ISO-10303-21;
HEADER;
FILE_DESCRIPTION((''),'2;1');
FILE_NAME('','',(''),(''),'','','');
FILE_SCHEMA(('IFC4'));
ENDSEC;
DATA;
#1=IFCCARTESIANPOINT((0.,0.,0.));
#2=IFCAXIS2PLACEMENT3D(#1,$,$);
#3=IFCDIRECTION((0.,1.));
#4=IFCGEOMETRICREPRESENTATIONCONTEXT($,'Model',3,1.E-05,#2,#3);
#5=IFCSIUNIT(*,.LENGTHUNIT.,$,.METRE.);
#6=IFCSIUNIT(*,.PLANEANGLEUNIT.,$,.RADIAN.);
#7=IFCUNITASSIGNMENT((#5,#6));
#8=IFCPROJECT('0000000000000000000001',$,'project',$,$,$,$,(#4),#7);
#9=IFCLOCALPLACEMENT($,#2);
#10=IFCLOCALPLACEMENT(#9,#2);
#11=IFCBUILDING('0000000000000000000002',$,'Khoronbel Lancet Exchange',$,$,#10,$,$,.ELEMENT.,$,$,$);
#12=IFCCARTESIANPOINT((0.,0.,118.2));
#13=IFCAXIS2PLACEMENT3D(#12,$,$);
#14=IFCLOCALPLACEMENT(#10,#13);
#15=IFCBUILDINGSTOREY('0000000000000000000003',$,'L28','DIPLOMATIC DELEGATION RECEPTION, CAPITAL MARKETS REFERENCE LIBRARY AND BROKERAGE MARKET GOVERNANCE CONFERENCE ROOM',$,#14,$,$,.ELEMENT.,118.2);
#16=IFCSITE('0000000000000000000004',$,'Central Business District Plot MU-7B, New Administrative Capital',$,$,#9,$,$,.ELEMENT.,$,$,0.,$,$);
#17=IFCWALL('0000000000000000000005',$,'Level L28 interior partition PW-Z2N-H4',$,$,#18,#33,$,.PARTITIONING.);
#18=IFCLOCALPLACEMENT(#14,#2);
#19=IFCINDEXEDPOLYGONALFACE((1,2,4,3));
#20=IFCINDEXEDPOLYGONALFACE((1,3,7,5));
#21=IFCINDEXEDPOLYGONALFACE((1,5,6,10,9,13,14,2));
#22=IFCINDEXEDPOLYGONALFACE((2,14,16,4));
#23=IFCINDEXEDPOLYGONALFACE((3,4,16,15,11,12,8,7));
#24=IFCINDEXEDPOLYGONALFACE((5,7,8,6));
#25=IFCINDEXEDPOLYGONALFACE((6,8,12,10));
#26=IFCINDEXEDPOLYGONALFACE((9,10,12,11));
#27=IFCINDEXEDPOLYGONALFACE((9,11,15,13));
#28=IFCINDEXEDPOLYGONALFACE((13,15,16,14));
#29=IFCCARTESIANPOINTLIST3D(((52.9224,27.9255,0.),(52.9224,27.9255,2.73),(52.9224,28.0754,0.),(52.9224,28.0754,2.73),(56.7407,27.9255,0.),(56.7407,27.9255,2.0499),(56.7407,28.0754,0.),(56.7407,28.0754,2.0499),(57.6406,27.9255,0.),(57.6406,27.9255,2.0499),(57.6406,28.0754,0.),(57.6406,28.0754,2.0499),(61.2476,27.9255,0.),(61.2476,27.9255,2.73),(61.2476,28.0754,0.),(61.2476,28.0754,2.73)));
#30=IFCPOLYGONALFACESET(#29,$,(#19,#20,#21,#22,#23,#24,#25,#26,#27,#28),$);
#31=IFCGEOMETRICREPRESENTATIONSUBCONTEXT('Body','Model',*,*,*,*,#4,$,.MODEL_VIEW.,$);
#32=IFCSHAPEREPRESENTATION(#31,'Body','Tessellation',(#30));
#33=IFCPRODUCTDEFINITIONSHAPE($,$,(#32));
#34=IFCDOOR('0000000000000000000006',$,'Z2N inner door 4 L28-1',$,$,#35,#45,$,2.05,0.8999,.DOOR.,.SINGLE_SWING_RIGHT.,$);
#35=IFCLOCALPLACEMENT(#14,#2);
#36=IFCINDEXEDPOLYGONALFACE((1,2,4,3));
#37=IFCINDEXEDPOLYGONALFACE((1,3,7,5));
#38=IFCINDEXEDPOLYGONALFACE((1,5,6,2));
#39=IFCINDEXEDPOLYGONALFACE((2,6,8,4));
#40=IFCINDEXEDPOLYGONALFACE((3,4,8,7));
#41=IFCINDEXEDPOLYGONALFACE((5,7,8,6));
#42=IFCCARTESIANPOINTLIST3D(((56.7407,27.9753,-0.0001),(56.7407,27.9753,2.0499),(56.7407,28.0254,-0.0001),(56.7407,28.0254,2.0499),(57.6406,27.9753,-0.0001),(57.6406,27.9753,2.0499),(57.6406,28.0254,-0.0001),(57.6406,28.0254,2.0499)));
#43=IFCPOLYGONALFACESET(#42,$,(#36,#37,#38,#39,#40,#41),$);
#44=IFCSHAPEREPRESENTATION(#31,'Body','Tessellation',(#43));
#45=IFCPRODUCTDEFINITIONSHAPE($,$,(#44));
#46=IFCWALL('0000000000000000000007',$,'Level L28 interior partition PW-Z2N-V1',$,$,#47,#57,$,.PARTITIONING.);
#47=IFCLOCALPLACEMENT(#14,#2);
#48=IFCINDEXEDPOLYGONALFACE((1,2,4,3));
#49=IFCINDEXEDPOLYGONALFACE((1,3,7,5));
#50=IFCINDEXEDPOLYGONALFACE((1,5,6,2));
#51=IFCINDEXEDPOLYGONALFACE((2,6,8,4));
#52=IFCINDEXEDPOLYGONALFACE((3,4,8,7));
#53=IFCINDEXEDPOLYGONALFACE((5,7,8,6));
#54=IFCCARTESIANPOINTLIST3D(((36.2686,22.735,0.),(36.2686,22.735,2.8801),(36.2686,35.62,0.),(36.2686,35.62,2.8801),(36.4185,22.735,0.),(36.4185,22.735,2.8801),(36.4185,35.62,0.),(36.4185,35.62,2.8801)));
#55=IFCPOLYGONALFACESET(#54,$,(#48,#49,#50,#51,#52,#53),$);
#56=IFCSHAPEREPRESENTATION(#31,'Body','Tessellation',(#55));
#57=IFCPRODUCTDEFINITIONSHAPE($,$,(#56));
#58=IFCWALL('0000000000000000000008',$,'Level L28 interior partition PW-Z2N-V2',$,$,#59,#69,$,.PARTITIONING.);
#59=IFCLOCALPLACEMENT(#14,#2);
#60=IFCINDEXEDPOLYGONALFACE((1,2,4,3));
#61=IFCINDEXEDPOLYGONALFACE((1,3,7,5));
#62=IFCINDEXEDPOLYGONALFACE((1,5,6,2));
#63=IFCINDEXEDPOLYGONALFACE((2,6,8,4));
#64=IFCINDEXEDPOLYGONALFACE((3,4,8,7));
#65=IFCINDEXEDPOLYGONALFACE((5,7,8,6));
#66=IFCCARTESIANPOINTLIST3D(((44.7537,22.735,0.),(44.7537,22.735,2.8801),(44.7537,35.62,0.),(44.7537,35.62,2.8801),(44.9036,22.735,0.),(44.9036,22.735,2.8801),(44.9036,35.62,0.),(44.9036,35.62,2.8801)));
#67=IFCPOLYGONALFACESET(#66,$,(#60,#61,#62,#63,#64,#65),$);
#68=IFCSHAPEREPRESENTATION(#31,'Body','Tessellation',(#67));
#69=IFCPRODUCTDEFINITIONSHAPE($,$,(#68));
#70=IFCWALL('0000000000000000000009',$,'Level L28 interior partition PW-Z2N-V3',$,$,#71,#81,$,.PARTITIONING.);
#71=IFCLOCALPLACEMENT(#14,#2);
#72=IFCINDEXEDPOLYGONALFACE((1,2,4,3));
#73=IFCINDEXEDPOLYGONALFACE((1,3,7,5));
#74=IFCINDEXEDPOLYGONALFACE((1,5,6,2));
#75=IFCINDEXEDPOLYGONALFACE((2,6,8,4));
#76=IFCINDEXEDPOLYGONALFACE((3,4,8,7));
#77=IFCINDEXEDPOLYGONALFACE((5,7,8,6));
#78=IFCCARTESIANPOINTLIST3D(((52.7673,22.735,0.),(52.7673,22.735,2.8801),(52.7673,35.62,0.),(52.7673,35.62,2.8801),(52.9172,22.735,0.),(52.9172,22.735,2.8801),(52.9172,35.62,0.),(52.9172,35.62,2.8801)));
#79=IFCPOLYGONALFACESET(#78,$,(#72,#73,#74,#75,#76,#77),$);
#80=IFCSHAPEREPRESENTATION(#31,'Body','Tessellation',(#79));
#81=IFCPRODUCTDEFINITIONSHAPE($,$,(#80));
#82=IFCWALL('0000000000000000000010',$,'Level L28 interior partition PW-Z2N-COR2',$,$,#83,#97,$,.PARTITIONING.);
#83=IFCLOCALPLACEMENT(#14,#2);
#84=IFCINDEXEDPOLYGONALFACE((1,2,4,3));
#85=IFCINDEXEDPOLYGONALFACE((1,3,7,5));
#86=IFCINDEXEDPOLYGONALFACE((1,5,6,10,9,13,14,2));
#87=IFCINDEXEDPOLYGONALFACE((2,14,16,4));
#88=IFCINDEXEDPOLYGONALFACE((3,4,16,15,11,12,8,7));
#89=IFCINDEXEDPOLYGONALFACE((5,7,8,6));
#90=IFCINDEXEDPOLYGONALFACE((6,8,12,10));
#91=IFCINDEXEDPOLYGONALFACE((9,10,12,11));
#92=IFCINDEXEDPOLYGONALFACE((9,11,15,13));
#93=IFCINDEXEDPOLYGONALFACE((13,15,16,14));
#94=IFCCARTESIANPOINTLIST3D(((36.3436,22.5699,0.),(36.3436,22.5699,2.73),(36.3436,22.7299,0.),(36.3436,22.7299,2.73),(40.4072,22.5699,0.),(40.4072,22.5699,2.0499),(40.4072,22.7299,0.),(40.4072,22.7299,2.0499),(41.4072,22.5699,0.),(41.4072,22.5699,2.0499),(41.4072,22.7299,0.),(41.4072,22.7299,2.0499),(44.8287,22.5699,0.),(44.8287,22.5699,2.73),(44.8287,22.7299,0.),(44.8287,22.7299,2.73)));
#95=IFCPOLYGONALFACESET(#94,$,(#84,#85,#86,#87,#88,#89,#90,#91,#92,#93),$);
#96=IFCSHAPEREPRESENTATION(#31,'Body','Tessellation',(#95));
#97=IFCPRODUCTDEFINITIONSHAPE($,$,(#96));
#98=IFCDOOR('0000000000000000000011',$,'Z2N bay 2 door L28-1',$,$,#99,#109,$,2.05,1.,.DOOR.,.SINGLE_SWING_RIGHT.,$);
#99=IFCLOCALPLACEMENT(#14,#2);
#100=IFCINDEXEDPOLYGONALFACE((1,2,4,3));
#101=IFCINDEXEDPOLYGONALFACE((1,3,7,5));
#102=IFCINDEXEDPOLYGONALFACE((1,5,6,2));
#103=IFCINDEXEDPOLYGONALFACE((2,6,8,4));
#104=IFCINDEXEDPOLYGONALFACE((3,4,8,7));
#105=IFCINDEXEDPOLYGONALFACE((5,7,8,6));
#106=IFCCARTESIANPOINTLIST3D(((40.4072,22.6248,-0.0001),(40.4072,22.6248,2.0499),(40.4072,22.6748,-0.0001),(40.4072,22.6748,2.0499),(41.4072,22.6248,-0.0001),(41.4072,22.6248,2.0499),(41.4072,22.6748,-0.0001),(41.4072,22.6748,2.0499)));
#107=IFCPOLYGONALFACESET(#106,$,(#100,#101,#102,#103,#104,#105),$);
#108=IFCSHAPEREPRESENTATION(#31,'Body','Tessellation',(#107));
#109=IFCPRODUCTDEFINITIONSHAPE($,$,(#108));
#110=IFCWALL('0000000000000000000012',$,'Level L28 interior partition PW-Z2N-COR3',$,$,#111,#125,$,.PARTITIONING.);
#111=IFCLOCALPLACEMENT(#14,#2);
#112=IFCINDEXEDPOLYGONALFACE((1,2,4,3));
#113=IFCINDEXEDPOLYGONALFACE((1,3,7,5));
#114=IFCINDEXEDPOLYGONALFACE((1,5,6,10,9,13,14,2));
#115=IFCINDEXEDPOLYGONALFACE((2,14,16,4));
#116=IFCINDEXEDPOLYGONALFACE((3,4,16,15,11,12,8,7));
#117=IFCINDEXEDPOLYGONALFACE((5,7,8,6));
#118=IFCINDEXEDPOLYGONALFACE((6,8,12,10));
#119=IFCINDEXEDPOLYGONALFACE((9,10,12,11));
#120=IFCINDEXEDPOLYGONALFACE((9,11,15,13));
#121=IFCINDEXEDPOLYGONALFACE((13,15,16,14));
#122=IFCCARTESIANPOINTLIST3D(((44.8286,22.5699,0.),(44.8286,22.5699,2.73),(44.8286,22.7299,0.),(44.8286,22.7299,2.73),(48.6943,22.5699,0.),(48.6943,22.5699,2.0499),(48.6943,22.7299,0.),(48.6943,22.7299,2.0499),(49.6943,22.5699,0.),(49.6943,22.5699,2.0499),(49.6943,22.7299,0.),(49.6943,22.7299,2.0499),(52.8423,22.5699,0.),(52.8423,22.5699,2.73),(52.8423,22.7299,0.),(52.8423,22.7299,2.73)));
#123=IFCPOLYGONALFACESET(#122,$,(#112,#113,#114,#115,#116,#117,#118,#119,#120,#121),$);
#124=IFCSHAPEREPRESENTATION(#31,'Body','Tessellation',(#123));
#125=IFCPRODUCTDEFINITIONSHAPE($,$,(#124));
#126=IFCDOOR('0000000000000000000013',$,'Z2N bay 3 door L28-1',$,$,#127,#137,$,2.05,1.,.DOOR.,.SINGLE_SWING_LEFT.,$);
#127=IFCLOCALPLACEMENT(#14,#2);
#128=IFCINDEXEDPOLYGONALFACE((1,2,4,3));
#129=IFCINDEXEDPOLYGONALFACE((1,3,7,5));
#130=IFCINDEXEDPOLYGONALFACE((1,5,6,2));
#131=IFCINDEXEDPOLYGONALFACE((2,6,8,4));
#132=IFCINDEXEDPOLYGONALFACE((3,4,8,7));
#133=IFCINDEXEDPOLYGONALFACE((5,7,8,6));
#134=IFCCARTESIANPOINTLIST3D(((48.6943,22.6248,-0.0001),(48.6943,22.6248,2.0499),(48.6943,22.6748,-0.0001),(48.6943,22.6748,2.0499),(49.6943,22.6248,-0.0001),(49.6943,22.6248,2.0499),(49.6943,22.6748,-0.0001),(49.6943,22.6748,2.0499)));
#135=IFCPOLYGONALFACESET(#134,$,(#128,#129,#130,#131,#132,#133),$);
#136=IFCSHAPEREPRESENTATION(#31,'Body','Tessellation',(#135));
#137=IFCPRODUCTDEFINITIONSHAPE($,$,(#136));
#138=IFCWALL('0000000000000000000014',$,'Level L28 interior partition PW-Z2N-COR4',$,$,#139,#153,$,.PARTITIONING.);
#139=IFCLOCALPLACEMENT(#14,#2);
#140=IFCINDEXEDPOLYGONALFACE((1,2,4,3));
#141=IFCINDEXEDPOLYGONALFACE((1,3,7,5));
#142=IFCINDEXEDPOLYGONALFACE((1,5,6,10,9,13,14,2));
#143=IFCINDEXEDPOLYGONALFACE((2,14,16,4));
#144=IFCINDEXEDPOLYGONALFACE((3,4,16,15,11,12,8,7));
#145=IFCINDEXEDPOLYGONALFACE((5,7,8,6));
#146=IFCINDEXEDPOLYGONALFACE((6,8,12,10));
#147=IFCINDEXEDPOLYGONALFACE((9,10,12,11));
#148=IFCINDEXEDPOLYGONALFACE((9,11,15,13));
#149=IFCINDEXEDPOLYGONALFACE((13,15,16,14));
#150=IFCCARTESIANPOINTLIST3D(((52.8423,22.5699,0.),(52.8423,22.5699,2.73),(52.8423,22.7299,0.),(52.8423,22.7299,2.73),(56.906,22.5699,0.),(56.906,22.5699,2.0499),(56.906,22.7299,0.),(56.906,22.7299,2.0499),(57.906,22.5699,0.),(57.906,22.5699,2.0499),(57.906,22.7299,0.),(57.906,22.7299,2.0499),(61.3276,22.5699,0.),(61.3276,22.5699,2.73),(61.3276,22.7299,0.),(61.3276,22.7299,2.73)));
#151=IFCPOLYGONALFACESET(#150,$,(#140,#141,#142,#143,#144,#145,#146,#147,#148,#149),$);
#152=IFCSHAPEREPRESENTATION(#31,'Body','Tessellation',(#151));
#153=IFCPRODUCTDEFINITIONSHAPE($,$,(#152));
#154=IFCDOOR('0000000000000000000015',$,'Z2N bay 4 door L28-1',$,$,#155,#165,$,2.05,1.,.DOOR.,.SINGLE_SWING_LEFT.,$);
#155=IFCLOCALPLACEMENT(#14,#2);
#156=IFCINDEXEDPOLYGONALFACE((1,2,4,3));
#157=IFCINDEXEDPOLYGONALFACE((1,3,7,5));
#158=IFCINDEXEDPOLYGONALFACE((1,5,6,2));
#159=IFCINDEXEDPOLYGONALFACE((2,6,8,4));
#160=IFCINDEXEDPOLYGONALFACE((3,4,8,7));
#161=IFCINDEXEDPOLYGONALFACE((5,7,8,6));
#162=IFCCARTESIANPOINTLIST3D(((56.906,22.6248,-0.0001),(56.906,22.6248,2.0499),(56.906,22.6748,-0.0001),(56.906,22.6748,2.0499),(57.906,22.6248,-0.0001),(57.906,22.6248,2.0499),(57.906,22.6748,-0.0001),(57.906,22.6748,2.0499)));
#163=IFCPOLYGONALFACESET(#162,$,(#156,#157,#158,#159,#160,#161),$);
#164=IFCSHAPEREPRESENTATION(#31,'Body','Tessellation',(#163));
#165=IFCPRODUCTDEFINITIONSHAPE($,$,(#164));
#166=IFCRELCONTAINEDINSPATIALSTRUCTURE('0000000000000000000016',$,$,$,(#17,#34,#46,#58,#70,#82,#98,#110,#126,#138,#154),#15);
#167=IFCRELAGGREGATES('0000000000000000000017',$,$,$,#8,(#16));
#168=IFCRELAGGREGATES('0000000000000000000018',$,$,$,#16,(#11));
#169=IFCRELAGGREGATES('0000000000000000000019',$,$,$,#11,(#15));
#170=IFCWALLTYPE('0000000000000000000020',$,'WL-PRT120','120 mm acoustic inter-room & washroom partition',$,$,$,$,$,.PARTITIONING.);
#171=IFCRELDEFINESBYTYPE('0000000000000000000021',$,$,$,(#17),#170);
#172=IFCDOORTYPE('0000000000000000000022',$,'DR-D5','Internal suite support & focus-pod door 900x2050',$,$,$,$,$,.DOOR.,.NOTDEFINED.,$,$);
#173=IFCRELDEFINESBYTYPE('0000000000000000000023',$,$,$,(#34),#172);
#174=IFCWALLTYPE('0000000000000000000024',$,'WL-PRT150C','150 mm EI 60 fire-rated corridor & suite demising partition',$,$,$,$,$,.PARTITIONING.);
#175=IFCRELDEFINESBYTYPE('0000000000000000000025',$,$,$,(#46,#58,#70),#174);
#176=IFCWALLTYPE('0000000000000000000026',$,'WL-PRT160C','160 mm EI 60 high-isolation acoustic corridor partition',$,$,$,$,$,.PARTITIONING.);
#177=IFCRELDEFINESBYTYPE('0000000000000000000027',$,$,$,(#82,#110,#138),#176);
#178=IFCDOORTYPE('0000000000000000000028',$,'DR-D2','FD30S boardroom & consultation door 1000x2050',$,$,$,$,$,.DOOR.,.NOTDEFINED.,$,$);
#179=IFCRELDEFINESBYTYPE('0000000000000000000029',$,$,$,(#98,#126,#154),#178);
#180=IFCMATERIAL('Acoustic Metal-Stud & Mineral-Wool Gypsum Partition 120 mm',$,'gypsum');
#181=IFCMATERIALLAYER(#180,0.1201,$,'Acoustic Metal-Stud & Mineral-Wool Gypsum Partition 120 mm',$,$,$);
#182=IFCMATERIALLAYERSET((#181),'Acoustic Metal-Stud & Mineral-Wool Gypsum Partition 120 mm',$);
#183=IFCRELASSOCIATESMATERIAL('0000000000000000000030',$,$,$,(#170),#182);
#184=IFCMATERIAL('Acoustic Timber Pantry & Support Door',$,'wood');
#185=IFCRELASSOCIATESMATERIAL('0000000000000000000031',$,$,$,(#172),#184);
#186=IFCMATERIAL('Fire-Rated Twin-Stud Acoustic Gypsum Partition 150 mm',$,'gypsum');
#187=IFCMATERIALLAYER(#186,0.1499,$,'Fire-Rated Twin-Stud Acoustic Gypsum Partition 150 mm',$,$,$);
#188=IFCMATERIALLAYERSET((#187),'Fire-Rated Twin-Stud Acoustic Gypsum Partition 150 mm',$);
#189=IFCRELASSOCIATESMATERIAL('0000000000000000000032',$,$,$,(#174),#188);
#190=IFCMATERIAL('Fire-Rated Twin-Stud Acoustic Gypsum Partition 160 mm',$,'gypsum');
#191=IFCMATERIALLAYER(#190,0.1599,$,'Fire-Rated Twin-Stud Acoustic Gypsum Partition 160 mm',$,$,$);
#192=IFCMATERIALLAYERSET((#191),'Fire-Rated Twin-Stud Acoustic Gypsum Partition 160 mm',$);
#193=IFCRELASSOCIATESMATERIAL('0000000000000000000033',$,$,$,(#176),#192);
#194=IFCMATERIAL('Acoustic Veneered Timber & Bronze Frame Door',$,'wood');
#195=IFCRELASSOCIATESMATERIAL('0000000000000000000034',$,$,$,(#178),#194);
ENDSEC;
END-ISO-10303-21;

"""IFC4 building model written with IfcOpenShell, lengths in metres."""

from ifc_helpers import new_model, si_unit, direction, frame, frame_2d, origin, place, context, subcontext, project, spatial, rectangle, extrude, material, layer, layer_set, type_object, element, fill, save


model = new_model("IFC4")

# Units and contexts
model_context = context("Model", 3, precision=1e-05, world=origin(), true_north=direction((0.0, 1.0)))
body_context = subcontext(model_context, "Body", "Model", "MODEL_VIEW")
ifc_project = project(units=[si_unit("LENGTHUNIT", "METRE"), si_unit("PLANEANGLEUNIT", "RADIAN")], contexts=[model_context])

# Site, building, storey
site_placement = place(None, origin())
site = spatial("IfcSite", under=ifc_project, at=site_placement, Name="Central Business District Plot MU-7B, New Administrative Capital", CompositionType="ELEMENT", RefElevation=0.0)
building_placement = place(site_placement, origin())
building = spatial("IfcBuilding", under=site, at=building_placement, Name="Khoronbel Lancet Exchange", CompositionType="ELEMENT")
storey_placement = place(building_placement, frame((0.0, 0.0, 118.2)))
storey = spatial("IfcBuildingStorey", under=building, at=storey_placement, Name="L28", Description="DIPLOMATIC DELEGATION RECEPTION, CAPITAL MARKETS REFERENCE LIBRARY AND BROKERAGE MARKET GOVERNANCE CONFERENCE ROOM", CompositionType="ELEMENT", Elevation=118.2)

# Wall, opening, door
ifc_material_1 = material(Name="Acoustic Metal-Stud & Mineral-Wool Gypsum Partition 120 mm", Category="gypsum")
ifc_layer_1 = layer(ifc_material_1, 0.1201, Name="Acoustic Metal-Stud & Mineral-Wool Gypsum Partition 120 mm")
ifc_layer_set_1 = layer_set([ifc_layer_1], Name="Acoustic Metal-Stud & Mineral-Wool Gypsum Partition 120 mm")
wall_type_1 = type_object("IfcWallType", Name="WL-PRT120", Description="120 mm acoustic inter-room & washroom partition", PredefinedType="PARTITIONING", material=ifc_layer_set_1)
ifc_material_2 = material(Name="Acoustic Timber Pantry & Support Door", Category="wood")
door_type_1 = type_object("IfcDoorType", Name="DR-D5", Description="Internal suite support & focus-pod door 900x2050", OperationType="NOTDEFINED", PredefinedType="DOOR", material=ifc_material_2)
wall_1_placement = place(storey_placement, frame((52.9224, 28.0005, 0.0), z_axis=(0.0, 0.0, 1.0), x_axis=(1.0, 0.0, 0.0)))
wall_1 = element("IfcWall", 1, at=wall_1_placement, inside=storey, type_object=wall_type_1, Name="Level L28 interior partition PW-Z2N-H4", PredefinedType="PARTITIONING", context=body_context, shape_type="SweptSolid", body=[
    extrude(rectangle(XDim=8.3252, YDim=0.1499, at=frame_2d((4.1626, 0.0))), origin(), (0.0, 0.0, 1.0), 2.73),
])
opening_1_placement = place(wall_1_placement, frame((3.8184, 0.0, 0.0)))
opening_1 = element("IfcOpeningElement", 2, at=opening_1_placement, cuts=wall_1, PredefinedType="OPENING", context=body_context, shape_type="SweptSolid", body=[
    extrude(rectangle(XDim=0.8999, YDim=2.05, at=frame_2d((0.45, 1.0249))), frame((0.0, 0.085, 0.0), z_axis=(0.0, -1.0, 0.0), x_axis=(1.0, 0.0, 0.0)), (0.0, 0.0, 1.0), 0.1699),
])
door_1_placement = place(opening_1_placement, origin())
door_1 = element("IfcDoor", 3, at=door_1_placement, inside=storey, type_object=door_type_1, Name="Z2N inner door 4 L28-1", OperationType="SINGLE_SWING_RIGHT", OverallHeight=2.05, OverallWidth=0.8999, PredefinedType="DOOR", context=body_context, shape_type="SweptSolid", body=[
    extrude(rectangle(XDim=0.8999, YDim=2.05, at=frame_2d((0.45, 1.0249))), frame((0.0, 0.0249, 0.0), z_axis=(0.0, -1.0, 0.0), x_axis=(1.0, 0.0, 0.0)), (0.0, 0.0, 1.0), 0.05),
])
fill(opening_1, door_1)

# Walls
ifc_material_3 = material(Name="Fire-Rated Twin-Stud Acoustic Gypsum Partition 150 mm", Category="gypsum")
ifc_layer_2 = layer(ifc_material_3, 0.1499, Name="Fire-Rated Twin-Stud Acoustic Gypsum Partition 150 mm")
ifc_layer_set_2 = layer_set([ifc_layer_2], Name="Fire-Rated Twin-Stud Acoustic Gypsum Partition 150 mm")
wall_type_2 = type_object("IfcWallType", Name="WL-PRT150C", Description="150 mm EI 60 fire-rated corridor & suite demising partition", PredefinedType="PARTITIONING", material=ifc_layer_set_2)
for number, where, z_axis, x_axis, name in (
    (4, (36.3435, 22.7351, 0.0), (0.0, 0.0, 1.0), (0.0, 1.0, 0.0), "Level L28 interior partition PW-Z2N-V1"),
    (5, (44.8286, 22.7351, 0.0), (0.0, 0.0, 1.0), (0.0, 1.0, 0.0), "Level L28 interior partition PW-Z2N-V2"),
    (6, (52.8423, 22.7351, 0.0), (0.0, 0.0, 1.0), (0.0, 1.0, 0.0), "Level L28 interior partition PW-Z2N-V3"),
):
    element("IfcWall", number, at=place(storey_placement, frame(where, z_axis=z_axis, x_axis=x_axis)), inside=storey, type_object=wall_type_2, Name=name, PredefinedType="PARTITIONING", context=body_context, shape_type="SweptSolid", body=[
        extrude(rectangle(XDim=12.885, YDim=0.1499, at=frame_2d((6.4424, 0.0))), origin(), (0.0, 0.0, 1.0), 2.8801),
    ])

# Walls, openings, doors
ifc_material_4 = material(Name="Fire-Rated Twin-Stud Acoustic Gypsum Partition 160 mm", Category="gypsum")
ifc_layer_3 = layer(ifc_material_4, 0.1599, Name="Fire-Rated Twin-Stud Acoustic Gypsum Partition 160 mm")
ifc_layer_set_3 = layer_set([ifc_layer_3], Name="Fire-Rated Twin-Stud Acoustic Gypsum Partition 160 mm")
wall_type_3 = type_object("IfcWallType", Name="WL-PRT160C", Description="160 mm EI 60 high-isolation acoustic corridor partition", PredefinedType="PARTITIONING", material=ifc_layer_set_3)
wall_2_placement = place(storey_placement, frame((36.3435, 22.6499, 0.0), z_axis=(0.0, 0.0, 1.0), x_axis=(1.0, 0.0, 0.0)))
wall_2 = element("IfcWall", 7, at=wall_2_placement, inside=storey, type_object=wall_type_3, Name="Level L28 interior partition PW-Z2N-COR2", PredefinedType="PARTITIONING", context=body_context, shape_type="SweptSolid", body=[
    extrude(rectangle(XDim=8.4851, YDim=0.1599, at=frame_2d((4.2427, 0.0))), origin(), (0.0, 0.0, 1.0), 2.73),
])
opening_2_placement = place(wall_2_placement, frame((4.0637, 0.0, 0.0)))
opening_2 = element("IfcOpeningElement", 8, at=opening_2_placement, cuts=wall_2, PredefinedType="OPENING", context=body_context, shape_type="SweptSolid", body=[
    extrude(rectangle(XDim=1.0, YDim=2.05, at=frame_2d((0.5, 1.0249))), frame((0.0, 0.0898, 0.0), z_axis=(0.0, -1.0, 0.0), x_axis=(1.0, 0.0, 0.0)), (0.0, 0.0, 1.0), 0.1799),
])
ifc_material_5 = material(Name="Acoustic Veneered Timber & Bronze Frame Door", Category="wood")
door_type_2 = type_object("IfcDoorType", Name="DR-D2", Description="FD30S boardroom & consultation door 1000x2050", OperationType="NOTDEFINED", PredefinedType="DOOR", material=ifc_material_5)
door_2_placement = place(opening_2_placement, origin())
door_2 = element("IfcDoor", 9, at=door_2_placement, inside=storey, type_object=door_type_2, Name="Z2N bay 2 door L28-1", OperationType="SINGLE_SWING_RIGHT", OverallHeight=2.05, OverallWidth=1.0, PredefinedType="DOOR", context=body_context, shape_type="SweptSolid", body=[
    extrude(rectangle(XDim=1.0, YDim=2.05, at=frame_2d((0.5, 1.0249))), frame((0.0, 0.0249, 0.0), z_axis=(0.0, -1.0, 0.0), x_axis=(1.0, 0.0, 0.0)), (0.0, 0.0, 1.0), 0.05),
])
fill(opening_2, door_2)
wall_3_placement = place(storey_placement, frame((44.8286, 22.6499, 0.0), z_axis=(0.0, 0.0, 1.0), x_axis=(1.0, 0.0, 0.0)))
wall_3 = element("IfcWall", 10, at=wall_3_placement, inside=storey, type_object=wall_type_3, Name="Level L28 interior partition PW-Z2N-COR3", PredefinedType="PARTITIONING", context=body_context, shape_type="SweptSolid", body=[
    extrude(rectangle(XDim=8.0137, YDim=0.1599, at=frame_2d((4.0068, 0.0))), origin(), (0.0, 0.0, 1.0), 2.73),
])
opening_3_placement = place(wall_3_placement, frame((3.8657, 0.0, 0.0)))
opening_3 = element("IfcOpeningElement", 11, at=opening_3_placement, cuts=wall_3, PredefinedType="OPENING", context=body_context, shape_type="SweptSolid", body=[
    extrude(rectangle(XDim=1.0, YDim=2.05, at=frame_2d((0.5, 1.0249))), frame((0.0, 0.0898, 0.0), z_axis=(0.0, -1.0, 0.0), x_axis=(1.0, 0.0, 0.0)), (0.0, 0.0, 1.0), 0.1799),
])
door_3_placement = place(opening_3_placement, origin())
door_3 = element("IfcDoor", 12, at=door_3_placement, inside=storey, type_object=door_type_2, Name="Z2N bay 3 door L28-1", OperationType="SINGLE_SWING_LEFT", OverallHeight=2.05, OverallWidth=1.0, PredefinedType="DOOR", context=body_context, shape_type="SweptSolid", body=[
    extrude(rectangle(XDim=1.0, YDim=2.05, at=frame_2d((0.5, 1.0249))), frame((0.0, 0.0249, 0.0), z_axis=(0.0, -1.0, 0.0), x_axis=(1.0, 0.0, 0.0)), (0.0, 0.0, 1.0), 0.05),
])
fill(opening_3, door_3)
wall_4_placement = place(storey_placement, frame((52.8423, 22.6499, 0.0), z_axis=(0.0, 0.0, 1.0), x_axis=(1.0, 0.0, 0.0)))
wall_4 = element("IfcWall", 13, at=wall_4_placement, inside=storey, type_object=wall_type_3, Name="Level L28 interior partition PW-Z2N-COR4", PredefinedType="PARTITIONING", context=body_context, shape_type="SweptSolid", body=[
    extrude(rectangle(XDim=8.4854, YDim=0.1599, at=frame_2d((4.2427, 0.0))), origin(), (0.0, 0.0, 1.0), 2.73),
])
opening_4_placement = place(wall_4_placement, frame((4.0637, 0.0, 0.0)))
opening_4 = element("IfcOpeningElement", 14, at=opening_4_placement, cuts=wall_4, PredefinedType="OPENING", context=body_context, shape_type="SweptSolid", body=[
    extrude(rectangle(XDim=1.0, YDim=2.05, at=frame_2d((0.5, 1.0249))), frame((0.0, 0.0898, 0.0), z_axis=(0.0, -1.0, 0.0), x_axis=(1.0, 0.0, 0.0)), (0.0, 0.0, 1.0), 0.1799),
])
door_4_placement = place(opening_4_placement, origin())
door_4 = element("IfcDoor", 15, at=door_4_placement, inside=storey, type_object=door_type_2, Name="Z2N bay 4 door L28-1", OperationType="SINGLE_SWING_LEFT", OverallHeight=2.05, OverallWidth=1.0, PredefinedType="DOOR", context=body_context, shape_type="SweptSolid", body=[
    extrude(rectangle(XDim=1.0, YDim=2.05, at=frame_2d((0.5, 1.0249))), frame((0.0, 0.0249, 0.0), z_axis=(0.0, -1.0, 0.0), x_axis=(1.0, 0.0, 0.0)), (0.0, 0.0, 1.0), 0.05),
])
fill(opening_4, door_4)

save(model, "model.ifc")
